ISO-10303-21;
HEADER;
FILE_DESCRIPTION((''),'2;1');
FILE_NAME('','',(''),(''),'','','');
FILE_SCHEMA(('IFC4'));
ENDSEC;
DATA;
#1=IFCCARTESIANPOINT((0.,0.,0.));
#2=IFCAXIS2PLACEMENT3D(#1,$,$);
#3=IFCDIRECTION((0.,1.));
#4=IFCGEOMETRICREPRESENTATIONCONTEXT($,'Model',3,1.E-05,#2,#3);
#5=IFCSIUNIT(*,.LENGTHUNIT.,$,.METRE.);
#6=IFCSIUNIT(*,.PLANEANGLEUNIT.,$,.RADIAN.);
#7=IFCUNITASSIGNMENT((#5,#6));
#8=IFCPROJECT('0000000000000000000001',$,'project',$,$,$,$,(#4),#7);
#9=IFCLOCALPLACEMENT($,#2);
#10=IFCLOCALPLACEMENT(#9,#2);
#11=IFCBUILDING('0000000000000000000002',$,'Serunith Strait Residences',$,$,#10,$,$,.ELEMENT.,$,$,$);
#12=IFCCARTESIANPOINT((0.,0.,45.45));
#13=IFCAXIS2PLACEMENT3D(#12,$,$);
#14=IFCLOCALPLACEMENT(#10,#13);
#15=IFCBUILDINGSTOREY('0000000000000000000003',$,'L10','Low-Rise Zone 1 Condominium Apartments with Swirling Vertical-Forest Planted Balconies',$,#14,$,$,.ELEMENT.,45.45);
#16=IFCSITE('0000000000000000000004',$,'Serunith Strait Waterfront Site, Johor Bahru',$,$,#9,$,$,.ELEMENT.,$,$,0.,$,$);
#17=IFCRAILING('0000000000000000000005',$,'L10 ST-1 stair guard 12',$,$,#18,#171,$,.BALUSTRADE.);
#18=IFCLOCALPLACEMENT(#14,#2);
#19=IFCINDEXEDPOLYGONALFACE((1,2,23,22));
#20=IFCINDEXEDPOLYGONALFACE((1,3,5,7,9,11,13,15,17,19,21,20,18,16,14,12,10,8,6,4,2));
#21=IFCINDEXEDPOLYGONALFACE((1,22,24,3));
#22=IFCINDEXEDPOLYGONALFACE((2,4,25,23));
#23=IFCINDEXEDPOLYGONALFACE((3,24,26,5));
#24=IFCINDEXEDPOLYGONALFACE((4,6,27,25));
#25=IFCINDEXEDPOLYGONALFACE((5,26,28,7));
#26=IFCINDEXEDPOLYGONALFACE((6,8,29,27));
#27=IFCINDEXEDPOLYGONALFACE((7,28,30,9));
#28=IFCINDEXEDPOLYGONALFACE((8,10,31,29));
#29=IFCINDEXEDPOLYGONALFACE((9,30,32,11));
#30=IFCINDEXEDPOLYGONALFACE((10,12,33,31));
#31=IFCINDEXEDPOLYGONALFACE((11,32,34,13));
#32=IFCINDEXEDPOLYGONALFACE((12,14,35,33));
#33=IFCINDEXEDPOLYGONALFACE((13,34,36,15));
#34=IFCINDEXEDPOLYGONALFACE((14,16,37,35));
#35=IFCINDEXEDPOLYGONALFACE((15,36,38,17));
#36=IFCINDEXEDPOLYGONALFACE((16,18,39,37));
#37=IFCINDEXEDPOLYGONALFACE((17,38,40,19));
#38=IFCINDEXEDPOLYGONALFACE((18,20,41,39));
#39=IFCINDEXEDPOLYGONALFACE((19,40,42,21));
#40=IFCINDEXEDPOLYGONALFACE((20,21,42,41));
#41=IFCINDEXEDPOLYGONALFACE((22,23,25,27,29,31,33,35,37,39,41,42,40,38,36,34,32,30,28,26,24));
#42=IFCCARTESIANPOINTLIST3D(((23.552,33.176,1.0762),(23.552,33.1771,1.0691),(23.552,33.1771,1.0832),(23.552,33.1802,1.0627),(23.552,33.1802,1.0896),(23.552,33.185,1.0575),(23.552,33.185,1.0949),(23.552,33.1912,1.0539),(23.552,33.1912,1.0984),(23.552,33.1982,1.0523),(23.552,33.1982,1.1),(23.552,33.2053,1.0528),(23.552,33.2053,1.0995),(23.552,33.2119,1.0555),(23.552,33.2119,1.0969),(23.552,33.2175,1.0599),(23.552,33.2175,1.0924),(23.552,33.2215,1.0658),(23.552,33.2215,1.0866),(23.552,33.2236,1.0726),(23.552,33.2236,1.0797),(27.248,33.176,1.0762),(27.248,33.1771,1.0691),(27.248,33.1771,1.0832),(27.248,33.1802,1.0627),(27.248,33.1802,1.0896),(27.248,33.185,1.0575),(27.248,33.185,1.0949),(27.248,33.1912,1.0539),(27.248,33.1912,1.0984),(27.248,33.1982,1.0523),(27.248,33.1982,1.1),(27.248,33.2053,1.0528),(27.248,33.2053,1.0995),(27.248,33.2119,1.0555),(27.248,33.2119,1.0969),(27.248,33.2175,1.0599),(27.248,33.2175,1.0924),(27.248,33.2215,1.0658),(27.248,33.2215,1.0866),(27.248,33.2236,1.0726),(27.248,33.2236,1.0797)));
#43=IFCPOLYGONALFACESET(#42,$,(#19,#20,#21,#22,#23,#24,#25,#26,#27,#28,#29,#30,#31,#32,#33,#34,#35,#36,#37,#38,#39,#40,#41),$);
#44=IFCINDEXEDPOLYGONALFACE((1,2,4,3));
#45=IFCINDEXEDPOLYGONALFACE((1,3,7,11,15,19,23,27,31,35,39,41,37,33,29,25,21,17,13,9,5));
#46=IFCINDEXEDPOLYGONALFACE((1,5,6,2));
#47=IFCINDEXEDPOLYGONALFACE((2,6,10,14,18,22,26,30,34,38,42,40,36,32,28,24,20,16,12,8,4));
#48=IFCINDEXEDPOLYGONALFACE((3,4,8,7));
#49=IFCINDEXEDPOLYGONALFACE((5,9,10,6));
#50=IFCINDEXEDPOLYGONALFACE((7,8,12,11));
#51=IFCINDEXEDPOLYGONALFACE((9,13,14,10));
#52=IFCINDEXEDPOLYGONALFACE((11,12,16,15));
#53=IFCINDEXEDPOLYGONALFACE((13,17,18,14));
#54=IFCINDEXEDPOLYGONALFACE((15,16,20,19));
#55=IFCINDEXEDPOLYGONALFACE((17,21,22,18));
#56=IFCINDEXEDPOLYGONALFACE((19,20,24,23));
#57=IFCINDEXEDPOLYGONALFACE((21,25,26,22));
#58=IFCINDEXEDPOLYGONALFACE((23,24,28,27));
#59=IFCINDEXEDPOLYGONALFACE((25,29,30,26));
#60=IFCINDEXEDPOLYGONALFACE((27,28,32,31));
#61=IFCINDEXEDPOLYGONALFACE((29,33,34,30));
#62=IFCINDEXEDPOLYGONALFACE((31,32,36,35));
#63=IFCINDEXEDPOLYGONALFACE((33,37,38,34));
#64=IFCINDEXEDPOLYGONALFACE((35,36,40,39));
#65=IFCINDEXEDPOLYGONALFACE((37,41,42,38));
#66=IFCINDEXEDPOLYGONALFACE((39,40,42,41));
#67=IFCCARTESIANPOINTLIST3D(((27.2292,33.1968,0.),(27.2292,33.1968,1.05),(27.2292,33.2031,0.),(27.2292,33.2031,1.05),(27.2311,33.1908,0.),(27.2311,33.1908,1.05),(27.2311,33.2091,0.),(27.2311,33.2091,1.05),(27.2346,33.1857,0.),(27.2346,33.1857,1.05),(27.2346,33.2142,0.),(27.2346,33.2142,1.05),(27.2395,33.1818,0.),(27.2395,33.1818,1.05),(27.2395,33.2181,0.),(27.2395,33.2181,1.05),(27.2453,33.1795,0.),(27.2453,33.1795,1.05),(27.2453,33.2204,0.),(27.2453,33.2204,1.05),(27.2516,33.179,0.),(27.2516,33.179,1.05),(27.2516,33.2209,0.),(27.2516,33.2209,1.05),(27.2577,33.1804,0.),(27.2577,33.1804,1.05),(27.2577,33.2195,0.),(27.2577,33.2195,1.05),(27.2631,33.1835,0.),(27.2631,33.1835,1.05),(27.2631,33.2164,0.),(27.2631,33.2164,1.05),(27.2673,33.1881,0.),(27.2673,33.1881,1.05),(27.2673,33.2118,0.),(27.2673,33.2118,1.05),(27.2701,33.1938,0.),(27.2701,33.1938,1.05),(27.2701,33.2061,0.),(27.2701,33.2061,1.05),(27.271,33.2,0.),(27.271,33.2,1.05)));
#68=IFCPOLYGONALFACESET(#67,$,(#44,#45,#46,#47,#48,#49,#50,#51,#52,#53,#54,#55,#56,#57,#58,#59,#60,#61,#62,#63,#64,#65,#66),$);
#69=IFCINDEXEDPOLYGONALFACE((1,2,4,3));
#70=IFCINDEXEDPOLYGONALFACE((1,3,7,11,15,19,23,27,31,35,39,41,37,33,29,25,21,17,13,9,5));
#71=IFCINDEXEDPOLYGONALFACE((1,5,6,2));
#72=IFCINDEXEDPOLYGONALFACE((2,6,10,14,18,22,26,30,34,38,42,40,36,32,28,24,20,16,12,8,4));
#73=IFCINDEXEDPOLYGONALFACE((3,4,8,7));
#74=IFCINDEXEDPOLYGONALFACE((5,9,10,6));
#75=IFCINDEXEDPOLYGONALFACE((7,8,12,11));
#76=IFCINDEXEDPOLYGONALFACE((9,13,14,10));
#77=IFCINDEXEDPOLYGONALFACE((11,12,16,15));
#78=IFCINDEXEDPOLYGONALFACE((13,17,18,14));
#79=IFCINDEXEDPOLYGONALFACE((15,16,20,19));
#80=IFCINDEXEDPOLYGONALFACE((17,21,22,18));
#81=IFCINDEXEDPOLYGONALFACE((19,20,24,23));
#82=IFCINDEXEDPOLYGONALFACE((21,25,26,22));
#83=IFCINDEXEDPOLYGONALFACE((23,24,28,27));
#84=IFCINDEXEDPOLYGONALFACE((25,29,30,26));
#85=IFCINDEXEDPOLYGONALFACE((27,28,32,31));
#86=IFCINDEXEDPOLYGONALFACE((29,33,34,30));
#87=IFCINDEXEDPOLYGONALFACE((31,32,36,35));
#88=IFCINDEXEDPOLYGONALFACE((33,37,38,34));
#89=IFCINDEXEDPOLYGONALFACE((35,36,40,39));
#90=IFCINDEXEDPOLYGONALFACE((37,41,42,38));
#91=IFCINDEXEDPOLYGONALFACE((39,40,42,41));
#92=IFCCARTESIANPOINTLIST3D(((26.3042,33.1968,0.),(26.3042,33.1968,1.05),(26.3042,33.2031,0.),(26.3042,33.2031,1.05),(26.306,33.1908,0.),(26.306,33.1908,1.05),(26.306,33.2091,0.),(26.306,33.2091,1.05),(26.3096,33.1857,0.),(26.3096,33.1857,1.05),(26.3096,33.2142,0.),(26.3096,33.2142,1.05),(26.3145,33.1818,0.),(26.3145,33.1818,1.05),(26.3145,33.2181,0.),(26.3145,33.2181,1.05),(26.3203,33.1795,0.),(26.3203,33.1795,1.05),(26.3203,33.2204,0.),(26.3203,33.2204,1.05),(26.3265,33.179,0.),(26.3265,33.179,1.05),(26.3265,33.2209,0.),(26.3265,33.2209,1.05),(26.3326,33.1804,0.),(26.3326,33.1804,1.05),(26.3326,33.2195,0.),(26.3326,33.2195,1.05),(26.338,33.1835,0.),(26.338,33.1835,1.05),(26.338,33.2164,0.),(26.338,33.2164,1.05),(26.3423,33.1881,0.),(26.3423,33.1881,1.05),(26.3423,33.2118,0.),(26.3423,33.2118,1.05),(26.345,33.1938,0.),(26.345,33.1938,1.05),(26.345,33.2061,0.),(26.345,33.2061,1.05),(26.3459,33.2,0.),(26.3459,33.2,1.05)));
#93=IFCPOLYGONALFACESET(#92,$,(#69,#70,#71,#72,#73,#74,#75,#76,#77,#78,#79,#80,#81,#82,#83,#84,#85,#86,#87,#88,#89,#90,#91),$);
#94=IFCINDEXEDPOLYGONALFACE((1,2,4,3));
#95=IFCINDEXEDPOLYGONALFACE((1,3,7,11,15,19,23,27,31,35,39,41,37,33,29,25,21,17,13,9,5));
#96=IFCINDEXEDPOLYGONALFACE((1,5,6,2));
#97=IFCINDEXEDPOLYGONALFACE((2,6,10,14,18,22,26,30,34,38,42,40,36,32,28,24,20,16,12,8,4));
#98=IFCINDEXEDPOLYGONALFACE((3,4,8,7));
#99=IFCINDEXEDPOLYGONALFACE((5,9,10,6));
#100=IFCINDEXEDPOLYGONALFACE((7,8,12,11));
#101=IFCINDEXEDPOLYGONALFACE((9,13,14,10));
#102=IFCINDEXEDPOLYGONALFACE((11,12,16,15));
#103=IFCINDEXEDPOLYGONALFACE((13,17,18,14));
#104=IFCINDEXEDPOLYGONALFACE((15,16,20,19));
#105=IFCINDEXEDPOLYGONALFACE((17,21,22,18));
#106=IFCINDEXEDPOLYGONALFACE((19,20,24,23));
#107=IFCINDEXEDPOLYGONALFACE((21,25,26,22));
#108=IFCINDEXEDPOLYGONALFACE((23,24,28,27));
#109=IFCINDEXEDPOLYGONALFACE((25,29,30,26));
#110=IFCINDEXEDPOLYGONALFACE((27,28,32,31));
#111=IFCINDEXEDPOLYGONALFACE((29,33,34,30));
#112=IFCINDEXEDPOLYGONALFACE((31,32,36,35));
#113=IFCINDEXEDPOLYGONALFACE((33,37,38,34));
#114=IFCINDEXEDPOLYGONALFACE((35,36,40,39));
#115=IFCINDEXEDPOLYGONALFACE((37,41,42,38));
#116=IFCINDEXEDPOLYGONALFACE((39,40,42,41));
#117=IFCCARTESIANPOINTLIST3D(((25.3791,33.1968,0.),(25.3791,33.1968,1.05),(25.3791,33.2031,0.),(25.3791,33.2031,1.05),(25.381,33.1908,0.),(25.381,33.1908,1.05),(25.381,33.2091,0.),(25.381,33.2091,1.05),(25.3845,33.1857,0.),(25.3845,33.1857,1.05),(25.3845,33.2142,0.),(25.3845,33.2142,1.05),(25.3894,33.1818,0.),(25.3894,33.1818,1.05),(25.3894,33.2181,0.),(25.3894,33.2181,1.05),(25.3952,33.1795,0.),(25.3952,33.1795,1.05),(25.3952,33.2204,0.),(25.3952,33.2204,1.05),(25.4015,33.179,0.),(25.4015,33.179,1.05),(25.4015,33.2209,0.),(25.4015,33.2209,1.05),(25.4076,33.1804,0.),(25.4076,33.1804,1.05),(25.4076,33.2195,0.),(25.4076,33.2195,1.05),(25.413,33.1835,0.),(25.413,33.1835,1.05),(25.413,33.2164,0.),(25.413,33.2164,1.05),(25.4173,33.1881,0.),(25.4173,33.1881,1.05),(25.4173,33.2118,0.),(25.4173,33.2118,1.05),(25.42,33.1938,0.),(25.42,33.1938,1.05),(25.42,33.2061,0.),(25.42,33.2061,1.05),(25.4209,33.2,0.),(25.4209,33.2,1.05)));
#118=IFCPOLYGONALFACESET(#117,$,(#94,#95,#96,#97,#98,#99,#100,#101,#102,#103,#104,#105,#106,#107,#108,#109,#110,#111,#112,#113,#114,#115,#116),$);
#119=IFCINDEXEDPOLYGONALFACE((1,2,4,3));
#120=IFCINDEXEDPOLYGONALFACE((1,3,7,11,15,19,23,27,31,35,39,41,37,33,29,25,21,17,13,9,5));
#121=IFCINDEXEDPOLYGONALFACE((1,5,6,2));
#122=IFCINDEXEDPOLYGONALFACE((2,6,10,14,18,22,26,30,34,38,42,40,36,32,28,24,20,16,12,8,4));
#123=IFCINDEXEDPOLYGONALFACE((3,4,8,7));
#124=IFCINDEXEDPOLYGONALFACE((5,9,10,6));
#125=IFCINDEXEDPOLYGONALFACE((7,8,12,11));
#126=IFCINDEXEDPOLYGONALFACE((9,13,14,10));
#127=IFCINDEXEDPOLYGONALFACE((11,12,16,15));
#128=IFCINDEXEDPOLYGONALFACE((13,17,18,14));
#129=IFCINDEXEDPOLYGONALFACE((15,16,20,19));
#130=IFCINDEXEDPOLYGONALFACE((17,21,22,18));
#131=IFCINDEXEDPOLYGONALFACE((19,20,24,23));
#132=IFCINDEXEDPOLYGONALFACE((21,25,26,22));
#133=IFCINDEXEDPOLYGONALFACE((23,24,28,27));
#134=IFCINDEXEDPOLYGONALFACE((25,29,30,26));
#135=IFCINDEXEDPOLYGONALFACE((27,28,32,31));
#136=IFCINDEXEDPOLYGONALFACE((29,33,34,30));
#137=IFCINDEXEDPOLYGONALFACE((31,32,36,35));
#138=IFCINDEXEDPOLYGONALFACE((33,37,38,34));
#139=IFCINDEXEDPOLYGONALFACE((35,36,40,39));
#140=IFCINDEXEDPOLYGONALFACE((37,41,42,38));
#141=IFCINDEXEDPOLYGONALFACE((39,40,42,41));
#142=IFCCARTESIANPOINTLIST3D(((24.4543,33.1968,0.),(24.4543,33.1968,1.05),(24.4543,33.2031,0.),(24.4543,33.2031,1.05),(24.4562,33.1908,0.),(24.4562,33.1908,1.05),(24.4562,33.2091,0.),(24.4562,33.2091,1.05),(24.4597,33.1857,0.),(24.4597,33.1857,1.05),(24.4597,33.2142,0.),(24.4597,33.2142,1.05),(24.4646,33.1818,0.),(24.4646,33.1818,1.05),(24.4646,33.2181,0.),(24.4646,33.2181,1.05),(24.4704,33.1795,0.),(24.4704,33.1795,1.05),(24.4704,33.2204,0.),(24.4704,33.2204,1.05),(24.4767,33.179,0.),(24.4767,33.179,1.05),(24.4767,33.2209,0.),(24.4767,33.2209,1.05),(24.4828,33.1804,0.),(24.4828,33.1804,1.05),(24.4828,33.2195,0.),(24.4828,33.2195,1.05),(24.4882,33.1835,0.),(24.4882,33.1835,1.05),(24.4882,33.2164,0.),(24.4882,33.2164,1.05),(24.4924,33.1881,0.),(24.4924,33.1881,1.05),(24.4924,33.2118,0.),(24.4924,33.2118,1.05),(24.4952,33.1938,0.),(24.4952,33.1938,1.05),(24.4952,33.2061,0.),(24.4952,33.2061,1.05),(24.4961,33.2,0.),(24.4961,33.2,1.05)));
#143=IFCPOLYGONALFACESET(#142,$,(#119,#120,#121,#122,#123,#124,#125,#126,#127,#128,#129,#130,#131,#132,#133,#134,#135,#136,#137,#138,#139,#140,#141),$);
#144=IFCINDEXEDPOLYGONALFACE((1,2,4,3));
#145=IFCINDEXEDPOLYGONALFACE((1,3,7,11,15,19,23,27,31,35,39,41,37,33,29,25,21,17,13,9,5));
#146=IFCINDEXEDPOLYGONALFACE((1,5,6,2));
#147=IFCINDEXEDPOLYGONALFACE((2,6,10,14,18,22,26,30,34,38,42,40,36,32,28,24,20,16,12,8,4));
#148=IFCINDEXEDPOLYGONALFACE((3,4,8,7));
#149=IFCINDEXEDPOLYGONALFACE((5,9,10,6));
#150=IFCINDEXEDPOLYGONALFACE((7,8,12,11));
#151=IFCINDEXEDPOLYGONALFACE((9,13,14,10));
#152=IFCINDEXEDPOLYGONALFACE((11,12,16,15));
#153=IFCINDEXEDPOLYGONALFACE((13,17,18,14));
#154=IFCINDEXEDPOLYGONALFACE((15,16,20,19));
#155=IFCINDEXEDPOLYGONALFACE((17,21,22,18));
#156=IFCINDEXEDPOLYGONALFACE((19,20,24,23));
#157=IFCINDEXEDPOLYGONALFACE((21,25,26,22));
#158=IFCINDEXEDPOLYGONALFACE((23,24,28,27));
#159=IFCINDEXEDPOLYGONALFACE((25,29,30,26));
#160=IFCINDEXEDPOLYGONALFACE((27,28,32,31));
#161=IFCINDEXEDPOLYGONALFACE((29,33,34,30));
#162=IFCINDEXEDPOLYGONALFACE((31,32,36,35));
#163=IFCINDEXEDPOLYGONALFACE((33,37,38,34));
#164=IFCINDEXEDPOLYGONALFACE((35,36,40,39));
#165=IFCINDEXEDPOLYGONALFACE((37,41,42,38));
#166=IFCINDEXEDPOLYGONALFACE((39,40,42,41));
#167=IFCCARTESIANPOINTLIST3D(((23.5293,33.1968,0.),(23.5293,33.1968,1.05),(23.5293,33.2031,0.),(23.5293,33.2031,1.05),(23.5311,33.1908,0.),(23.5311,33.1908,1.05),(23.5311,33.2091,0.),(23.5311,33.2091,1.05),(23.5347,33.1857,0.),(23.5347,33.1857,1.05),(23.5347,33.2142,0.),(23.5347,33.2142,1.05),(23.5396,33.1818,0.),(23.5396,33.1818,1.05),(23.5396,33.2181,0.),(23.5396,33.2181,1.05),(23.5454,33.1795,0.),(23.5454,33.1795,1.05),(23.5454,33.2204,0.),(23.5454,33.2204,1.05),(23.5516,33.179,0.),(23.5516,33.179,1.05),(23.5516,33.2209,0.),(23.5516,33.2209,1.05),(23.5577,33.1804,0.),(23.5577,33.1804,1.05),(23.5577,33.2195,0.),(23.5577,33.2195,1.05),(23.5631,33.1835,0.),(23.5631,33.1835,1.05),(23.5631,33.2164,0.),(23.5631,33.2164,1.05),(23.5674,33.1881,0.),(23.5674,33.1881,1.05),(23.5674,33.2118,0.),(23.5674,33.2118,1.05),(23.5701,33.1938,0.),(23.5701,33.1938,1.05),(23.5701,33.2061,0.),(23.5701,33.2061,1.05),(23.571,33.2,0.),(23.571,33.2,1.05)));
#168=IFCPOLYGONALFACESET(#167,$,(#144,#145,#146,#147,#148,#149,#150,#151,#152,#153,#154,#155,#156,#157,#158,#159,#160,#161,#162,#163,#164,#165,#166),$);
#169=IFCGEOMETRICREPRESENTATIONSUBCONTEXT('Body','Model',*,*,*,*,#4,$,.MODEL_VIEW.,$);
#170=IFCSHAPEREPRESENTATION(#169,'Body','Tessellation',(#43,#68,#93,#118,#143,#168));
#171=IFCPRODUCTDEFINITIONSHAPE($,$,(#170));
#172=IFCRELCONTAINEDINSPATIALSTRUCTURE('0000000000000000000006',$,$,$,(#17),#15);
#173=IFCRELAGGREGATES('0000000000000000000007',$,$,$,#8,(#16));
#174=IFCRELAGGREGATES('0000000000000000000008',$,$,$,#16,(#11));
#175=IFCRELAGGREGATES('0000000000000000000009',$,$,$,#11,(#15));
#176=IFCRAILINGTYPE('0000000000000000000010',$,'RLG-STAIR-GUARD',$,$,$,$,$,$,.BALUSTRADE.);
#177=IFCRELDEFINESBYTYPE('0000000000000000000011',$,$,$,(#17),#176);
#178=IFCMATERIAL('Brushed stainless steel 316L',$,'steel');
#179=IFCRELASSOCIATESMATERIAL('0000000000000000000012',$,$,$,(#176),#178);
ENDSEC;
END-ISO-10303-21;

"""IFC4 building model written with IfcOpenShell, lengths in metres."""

from ifc_helpers import new_model, si_unit, direction, frame, origin, origin_2d, place, context, subcontext, project, spatial, circle, extrude, material, type_object, element, save


model = new_model("IFC4")

# Units and contexts
model_context = context("Model", 3, precision=1e-05, world=origin(), true_north=direction((0.0, 1.0)))
body_context = subcontext(model_context, "Body", "Model", "MODEL_VIEW")
ifc_project = project(units=[si_unit("LENGTHUNIT", "METRE"), si_unit("PLANEANGLEUNIT", "RADIAN")], contexts=[model_context])

# Site, building, storey
site_placement = place(None, origin())
site = spatial("IfcSite", under=ifc_project, at=site_placement, Name="Serunith Strait Waterfront Site, Johor Bahru", CompositionType="ELEMENT", RefElevation=0.0)
building_placement = place(site_placement, origin())
building = spatial("IfcBuilding", under=site, at=building_placement, Name="Serunith Strait Residences", CompositionType="ELEMENT")
storey_placement = place(building_placement, frame((0.0, 0.0, 45.45)))
storey = spatial("IfcBuildingStorey", under=building, at=storey_placement, Name="L10", Description="Low-Rise Zone 1 Condominium Apartments with Swirling Vertical-Forest Planted Balconies", CompositionType="ELEMENT", Elevation=45.45)

# Railing
ifc_material_1 = material(Name="Brushed stainless steel 316L", Category="steel")
railing_type_1 = type_object("IfcRailingType", Name="RLG-STAIR-GUARD", PredefinedType="BALUSTRADE", material=ifc_material_1)
railing_1_placement = place(storey_placement, frame((27.25, 33.2, 0.0)))
element("IfcRailing", 1, at=railing_1_placement, inside=storey, type_object=railing_type_1, Name="L10 ST-1 stair guard 12", PredefinedType="BALUSTRADE", context=body_context, shape_type="SweptSolid", body=[
    extrude(circle(Radius=0.0239, at=origin_2d()), frame((-0.002, 0.0, 1.0762), z_axis=(-1.0, 0.0, 0.0), x_axis=(0.0, -1.0, 0.0)), (0.0, 0.0, 1.0), 3.696),
    extrude(circle(Radius=0.021, at=origin_2d()), origin(), (0.0, 0.0, 1.0), 1.05),
    extrude(circle(Radius=0.021, at=origin_2d()), frame((-0.925, 0.0, 0.0)), (0.0, 0.0, 1.0), 1.05),
    extrude(circle(Radius=0.021, at=origin_2d()), frame((-1.8501, 0.0, 0.0)), (0.0, 0.0, 1.0), 1.05),
    extrude(circle(Radius=0.021, at=origin_2d()), frame((-2.7749, 0.0, 0.0)), (0.0, 0.0, 1.0), 1.05),
    extrude(circle(Radius=0.021, at=origin_2d()), frame((-3.7, 0.0, 0.0)), (0.0, 0.0, 1.0), 1.05),
])

save(model, "model.ifc")
